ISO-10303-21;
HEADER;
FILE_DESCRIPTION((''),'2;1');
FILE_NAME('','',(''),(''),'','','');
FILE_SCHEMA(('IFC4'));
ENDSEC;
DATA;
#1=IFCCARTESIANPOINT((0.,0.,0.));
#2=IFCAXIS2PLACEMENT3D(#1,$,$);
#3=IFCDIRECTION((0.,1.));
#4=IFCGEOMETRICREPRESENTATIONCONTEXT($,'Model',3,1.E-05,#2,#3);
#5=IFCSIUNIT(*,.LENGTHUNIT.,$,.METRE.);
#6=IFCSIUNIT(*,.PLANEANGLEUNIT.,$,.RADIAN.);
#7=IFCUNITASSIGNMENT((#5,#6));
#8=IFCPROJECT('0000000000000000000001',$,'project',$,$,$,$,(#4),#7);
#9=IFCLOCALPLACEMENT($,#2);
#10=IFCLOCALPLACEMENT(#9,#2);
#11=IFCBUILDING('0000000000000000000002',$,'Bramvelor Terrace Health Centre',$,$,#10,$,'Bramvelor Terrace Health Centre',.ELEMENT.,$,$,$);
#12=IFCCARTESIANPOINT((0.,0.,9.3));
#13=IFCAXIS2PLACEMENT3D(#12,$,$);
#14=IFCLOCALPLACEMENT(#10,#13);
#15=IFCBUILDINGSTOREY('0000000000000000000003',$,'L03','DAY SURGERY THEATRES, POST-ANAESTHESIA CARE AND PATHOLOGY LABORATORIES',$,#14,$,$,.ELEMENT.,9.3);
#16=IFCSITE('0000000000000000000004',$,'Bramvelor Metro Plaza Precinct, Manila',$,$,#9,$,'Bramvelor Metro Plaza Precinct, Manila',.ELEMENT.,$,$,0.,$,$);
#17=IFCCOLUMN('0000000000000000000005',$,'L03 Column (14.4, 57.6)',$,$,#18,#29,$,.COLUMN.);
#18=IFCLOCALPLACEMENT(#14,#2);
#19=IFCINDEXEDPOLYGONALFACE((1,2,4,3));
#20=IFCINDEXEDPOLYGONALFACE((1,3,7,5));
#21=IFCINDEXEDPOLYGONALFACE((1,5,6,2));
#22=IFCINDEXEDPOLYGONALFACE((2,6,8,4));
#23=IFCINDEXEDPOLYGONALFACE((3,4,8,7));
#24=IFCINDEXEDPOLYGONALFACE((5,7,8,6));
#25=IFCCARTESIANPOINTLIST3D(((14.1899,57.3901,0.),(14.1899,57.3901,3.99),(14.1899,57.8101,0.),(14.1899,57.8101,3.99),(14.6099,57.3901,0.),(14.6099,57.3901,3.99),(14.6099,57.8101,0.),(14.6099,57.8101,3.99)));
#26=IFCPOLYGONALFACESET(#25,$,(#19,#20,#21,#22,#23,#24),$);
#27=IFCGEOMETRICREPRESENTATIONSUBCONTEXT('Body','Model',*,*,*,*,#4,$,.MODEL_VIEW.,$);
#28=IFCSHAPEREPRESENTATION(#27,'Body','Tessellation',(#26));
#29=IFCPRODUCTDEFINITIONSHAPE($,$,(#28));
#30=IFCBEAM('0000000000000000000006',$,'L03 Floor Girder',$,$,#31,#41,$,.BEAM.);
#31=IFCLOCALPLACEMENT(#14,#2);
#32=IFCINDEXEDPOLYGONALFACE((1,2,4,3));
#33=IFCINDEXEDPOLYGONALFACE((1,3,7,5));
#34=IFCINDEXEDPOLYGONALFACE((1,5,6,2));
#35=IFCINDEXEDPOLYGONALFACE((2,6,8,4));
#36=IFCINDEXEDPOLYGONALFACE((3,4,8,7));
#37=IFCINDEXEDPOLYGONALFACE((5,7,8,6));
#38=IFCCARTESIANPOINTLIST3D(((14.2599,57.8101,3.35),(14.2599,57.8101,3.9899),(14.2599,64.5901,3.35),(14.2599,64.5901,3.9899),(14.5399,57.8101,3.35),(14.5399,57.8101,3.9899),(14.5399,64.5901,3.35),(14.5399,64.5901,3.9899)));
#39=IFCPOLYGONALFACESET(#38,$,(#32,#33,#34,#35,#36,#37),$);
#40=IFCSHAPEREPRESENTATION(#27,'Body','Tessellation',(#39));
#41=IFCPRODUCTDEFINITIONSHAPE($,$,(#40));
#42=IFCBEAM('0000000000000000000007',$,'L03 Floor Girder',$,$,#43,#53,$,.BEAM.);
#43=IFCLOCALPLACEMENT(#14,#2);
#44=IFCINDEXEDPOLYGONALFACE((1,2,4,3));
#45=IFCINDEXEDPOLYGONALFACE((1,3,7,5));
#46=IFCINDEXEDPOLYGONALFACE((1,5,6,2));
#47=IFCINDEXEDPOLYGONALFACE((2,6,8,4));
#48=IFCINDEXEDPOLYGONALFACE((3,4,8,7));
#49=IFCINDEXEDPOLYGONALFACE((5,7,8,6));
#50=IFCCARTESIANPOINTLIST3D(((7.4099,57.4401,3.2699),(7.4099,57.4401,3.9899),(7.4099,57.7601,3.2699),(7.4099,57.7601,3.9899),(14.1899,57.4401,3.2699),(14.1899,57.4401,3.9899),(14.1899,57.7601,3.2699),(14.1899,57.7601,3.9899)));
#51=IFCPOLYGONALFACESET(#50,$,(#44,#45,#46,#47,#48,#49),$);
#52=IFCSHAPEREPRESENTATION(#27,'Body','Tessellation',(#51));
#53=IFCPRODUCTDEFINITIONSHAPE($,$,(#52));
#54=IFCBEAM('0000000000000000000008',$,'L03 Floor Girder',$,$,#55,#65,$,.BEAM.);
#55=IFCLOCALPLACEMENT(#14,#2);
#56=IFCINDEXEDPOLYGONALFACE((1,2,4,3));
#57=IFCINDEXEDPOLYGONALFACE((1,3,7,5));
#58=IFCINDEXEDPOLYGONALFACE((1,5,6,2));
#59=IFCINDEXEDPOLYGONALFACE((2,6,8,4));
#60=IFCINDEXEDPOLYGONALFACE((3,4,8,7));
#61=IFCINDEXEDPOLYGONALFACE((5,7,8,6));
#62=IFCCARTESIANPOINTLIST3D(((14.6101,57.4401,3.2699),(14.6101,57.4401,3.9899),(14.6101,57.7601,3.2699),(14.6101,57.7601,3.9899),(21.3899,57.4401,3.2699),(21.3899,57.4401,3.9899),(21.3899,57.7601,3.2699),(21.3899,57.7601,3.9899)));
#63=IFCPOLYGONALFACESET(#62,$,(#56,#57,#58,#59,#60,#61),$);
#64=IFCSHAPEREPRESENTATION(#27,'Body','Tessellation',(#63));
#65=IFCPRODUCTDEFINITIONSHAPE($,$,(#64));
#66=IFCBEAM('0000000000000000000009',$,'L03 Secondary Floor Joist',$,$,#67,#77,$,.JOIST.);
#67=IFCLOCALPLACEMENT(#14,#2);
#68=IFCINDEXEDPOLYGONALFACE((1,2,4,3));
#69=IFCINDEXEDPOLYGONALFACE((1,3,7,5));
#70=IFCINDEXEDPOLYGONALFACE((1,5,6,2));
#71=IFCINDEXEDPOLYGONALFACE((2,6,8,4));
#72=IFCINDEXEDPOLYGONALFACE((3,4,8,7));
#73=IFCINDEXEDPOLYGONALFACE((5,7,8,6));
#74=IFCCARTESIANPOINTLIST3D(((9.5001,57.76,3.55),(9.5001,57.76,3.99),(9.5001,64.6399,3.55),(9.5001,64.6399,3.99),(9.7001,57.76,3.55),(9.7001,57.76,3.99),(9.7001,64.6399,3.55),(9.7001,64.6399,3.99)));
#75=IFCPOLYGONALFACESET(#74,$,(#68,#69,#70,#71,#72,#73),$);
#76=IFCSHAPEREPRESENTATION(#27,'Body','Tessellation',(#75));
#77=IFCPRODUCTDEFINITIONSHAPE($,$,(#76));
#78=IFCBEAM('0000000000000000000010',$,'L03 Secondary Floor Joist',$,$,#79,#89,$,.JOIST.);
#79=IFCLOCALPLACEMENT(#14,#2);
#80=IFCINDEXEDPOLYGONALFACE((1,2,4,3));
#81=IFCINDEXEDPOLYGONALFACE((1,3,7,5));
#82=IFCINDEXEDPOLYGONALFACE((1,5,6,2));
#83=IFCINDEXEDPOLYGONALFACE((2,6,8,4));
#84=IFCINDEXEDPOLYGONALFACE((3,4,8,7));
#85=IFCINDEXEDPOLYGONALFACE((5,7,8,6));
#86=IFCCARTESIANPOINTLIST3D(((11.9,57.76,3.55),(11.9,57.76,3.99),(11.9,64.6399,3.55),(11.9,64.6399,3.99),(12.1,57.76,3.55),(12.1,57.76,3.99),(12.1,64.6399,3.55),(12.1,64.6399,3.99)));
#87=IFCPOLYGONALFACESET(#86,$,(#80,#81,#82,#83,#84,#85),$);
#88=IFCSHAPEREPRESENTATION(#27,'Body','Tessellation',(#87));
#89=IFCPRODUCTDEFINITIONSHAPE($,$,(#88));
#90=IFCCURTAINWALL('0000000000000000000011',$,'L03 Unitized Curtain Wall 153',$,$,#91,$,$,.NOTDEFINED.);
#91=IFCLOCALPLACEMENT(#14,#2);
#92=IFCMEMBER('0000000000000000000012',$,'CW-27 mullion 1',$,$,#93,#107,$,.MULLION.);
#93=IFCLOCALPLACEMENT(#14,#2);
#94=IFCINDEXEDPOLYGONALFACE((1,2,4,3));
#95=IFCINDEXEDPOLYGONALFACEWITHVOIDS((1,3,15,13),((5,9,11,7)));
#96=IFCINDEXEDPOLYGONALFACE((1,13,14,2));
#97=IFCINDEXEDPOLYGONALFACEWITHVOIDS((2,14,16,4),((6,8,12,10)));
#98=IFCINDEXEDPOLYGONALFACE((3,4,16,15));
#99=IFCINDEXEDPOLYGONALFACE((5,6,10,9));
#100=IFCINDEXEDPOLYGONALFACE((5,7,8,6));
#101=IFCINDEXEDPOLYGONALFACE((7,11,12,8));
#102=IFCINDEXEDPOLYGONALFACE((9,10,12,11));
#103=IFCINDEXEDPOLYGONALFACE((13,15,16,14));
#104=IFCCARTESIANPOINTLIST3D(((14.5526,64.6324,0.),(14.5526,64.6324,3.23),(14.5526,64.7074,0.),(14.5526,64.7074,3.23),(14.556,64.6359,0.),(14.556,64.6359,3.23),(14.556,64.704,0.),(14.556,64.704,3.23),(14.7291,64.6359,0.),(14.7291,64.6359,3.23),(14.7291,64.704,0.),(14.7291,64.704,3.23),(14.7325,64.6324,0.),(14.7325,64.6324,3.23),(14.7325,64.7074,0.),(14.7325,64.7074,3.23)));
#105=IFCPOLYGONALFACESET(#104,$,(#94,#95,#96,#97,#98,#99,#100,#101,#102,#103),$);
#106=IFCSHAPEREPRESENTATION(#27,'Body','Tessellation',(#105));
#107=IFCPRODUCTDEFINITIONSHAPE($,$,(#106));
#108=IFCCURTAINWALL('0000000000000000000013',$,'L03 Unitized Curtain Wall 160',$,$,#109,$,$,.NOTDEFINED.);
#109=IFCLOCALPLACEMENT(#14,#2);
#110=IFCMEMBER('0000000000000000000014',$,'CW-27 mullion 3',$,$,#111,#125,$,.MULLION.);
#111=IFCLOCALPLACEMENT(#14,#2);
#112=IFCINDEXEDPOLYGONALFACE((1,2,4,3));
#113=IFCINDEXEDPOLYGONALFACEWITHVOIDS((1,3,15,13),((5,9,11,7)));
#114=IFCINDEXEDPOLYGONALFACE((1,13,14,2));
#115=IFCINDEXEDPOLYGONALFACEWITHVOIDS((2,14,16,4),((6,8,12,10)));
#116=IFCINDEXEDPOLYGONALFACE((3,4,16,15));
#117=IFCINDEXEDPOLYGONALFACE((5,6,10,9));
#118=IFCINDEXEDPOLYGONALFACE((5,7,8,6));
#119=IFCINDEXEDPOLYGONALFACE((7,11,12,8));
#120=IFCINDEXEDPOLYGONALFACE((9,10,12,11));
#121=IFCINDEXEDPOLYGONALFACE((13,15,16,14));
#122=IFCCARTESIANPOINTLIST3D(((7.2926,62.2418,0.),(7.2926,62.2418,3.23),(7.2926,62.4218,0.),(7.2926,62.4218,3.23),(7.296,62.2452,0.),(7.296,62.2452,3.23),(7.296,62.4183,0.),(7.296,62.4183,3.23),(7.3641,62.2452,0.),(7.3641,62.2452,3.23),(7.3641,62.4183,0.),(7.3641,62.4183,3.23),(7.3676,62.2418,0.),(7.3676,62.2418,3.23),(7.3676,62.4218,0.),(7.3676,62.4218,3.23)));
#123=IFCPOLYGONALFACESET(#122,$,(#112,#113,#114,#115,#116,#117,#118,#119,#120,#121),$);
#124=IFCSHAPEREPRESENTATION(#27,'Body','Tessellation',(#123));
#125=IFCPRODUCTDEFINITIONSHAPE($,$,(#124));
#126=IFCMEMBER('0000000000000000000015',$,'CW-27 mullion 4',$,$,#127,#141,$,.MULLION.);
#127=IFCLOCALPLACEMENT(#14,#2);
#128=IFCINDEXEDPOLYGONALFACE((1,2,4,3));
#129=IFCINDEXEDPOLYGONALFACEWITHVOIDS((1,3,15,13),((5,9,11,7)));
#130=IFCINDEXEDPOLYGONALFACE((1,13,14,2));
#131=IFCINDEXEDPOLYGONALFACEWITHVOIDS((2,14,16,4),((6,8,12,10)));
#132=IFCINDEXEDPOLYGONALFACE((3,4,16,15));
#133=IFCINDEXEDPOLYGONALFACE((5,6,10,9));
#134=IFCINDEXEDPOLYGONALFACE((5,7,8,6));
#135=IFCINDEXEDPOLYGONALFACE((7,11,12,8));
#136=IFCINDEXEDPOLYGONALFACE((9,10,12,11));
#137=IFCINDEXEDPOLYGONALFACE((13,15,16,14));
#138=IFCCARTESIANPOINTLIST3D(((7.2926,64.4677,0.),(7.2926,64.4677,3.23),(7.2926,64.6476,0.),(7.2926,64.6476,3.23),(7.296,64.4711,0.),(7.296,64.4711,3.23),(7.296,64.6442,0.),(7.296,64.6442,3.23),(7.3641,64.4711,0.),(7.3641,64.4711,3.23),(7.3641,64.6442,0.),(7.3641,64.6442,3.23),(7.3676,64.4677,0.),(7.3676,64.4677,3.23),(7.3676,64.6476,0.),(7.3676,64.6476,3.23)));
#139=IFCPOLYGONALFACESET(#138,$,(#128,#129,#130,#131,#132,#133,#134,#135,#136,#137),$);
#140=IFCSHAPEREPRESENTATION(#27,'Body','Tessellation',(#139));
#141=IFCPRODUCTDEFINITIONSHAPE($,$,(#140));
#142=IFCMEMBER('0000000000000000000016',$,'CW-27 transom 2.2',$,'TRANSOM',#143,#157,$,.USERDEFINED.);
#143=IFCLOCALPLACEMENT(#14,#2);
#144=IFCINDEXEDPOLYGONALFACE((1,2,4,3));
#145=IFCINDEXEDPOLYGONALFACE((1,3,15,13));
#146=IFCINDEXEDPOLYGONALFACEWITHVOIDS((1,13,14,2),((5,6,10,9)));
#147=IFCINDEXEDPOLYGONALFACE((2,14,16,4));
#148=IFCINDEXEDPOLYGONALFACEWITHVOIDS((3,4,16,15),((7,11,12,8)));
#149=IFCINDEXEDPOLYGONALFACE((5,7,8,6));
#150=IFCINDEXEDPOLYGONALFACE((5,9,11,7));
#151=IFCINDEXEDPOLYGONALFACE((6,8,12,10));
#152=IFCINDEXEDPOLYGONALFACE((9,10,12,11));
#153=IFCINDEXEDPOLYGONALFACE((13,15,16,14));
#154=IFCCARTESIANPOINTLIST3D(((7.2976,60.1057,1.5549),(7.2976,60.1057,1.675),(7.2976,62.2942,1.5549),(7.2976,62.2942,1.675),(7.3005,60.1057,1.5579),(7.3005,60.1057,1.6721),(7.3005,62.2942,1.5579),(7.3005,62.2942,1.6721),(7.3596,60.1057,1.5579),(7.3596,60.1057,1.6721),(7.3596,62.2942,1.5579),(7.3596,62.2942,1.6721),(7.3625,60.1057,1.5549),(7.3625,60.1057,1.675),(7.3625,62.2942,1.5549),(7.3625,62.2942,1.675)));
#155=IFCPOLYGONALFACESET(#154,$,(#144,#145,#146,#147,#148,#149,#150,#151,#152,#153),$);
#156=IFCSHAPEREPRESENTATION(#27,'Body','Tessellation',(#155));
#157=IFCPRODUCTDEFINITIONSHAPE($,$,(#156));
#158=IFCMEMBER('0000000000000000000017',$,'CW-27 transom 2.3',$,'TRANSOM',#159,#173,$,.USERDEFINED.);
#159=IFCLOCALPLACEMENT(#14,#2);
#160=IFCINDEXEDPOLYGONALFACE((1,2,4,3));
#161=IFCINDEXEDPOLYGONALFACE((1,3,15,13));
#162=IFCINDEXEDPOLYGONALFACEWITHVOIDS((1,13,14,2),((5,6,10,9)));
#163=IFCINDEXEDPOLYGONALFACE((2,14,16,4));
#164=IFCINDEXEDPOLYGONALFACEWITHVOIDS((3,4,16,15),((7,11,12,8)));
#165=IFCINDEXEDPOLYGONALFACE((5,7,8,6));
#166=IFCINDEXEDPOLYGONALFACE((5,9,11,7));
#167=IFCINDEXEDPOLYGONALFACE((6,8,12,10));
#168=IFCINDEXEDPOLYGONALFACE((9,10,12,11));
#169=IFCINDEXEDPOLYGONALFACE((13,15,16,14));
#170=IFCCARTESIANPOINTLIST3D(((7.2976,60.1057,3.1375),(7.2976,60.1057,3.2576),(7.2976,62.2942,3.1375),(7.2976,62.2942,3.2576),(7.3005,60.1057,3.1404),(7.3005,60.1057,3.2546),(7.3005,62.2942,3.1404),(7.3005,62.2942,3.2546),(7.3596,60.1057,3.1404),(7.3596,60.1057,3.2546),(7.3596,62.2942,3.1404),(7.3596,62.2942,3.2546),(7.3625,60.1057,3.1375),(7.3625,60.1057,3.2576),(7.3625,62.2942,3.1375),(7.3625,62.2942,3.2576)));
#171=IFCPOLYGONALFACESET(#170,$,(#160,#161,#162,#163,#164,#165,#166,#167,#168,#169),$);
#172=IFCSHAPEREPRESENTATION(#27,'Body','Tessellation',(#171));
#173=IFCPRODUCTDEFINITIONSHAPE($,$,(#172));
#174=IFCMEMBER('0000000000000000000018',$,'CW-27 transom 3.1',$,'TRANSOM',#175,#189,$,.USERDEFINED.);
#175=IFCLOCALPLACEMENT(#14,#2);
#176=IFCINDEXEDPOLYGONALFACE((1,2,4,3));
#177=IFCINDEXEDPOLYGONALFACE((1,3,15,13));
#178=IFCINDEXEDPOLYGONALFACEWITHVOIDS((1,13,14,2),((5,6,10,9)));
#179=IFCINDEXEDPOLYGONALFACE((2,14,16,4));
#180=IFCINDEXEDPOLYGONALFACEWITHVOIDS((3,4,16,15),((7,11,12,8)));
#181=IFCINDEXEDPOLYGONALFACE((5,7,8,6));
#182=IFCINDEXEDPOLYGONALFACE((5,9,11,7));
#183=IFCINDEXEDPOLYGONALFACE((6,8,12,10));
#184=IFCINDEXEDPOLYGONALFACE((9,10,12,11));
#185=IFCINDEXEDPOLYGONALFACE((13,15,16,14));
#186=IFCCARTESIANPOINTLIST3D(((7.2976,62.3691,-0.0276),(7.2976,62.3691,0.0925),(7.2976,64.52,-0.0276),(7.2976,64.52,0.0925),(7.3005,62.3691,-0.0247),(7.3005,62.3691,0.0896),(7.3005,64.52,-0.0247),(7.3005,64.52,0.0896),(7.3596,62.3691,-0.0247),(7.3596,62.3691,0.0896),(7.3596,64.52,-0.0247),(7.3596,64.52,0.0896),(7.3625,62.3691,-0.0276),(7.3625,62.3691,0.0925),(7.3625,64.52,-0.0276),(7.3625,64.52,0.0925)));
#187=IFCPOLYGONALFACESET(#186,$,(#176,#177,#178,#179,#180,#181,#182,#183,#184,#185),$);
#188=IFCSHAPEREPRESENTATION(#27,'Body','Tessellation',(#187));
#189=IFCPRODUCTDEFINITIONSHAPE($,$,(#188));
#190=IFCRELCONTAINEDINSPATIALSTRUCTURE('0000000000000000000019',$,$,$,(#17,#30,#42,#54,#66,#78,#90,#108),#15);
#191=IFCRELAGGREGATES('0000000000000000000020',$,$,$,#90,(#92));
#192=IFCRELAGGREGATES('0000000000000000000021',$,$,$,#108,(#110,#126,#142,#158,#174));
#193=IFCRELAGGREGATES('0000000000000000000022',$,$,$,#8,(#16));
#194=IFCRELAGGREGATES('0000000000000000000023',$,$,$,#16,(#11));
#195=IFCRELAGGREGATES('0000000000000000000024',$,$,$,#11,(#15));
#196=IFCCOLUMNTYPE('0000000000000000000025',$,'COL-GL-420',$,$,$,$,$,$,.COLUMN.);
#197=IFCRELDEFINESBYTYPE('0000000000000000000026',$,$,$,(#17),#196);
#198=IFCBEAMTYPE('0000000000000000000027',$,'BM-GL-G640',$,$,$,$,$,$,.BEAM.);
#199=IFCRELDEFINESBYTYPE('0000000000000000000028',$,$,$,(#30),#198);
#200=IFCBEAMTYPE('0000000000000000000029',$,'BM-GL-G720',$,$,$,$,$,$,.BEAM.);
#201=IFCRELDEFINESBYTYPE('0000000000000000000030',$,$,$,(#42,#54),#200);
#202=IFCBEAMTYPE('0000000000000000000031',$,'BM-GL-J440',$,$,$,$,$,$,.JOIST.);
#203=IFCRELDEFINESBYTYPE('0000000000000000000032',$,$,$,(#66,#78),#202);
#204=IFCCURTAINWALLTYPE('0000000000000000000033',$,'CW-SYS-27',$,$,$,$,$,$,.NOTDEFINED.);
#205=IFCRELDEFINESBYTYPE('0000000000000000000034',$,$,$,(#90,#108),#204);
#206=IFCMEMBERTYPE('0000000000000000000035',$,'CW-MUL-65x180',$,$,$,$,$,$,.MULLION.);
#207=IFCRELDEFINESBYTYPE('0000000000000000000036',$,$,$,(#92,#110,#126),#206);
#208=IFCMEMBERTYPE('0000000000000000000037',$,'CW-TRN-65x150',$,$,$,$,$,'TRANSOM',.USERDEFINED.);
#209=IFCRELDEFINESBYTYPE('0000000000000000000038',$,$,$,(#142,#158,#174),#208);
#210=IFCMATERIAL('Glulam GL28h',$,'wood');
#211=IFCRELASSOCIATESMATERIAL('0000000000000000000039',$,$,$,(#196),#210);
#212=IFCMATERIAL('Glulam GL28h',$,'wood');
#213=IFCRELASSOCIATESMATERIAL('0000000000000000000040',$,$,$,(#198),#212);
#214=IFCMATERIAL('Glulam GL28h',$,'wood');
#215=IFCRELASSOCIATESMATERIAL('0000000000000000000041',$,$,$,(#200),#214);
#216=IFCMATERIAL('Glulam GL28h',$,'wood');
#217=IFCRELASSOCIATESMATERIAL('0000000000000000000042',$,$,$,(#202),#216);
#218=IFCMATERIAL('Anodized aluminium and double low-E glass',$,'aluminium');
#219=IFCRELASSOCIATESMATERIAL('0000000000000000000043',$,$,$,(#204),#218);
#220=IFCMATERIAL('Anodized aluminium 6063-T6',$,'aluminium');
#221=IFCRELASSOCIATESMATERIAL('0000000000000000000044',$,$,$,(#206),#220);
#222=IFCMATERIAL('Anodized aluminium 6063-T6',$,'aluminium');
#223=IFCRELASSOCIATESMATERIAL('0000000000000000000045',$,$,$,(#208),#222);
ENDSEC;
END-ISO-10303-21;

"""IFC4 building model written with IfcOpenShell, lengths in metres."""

from ifc_helpers import new_model, si_unit, direction, frame, origin, origin_2d, place, context, subcontext, project, spatial, rectangle, hollow_rectangle, extrude, material, material_profile, profile_set, type_object, element, aggregate, save


model = new_model("IFC4")

# Units and contexts
model_context = context("Model", 3, precision=1e-05, world=origin(), true_north=direction((0.0, 1.0)))
body_context = subcontext(model_context, "Body", "Model", "MODEL_VIEW")
ifc_project = project(units=[si_unit("LENGTHUNIT", "METRE"), si_unit("PLANEANGLEUNIT", "RADIAN")], contexts=[model_context])

# Site, building, storey
site_placement = place(None, origin())
site = spatial("IfcSite", under=ifc_project, at=site_placement, Name="Bramvelor Metro Plaza Precinct, Manila", LongName="Bramvelor Metro Plaza Precinct, Manila", CompositionType="ELEMENT", RefElevation=0.0)
building_placement = place(site_placement, origin())
building = spatial("IfcBuilding", under=site, at=building_placement, Name="Bramvelor Terrace Health Centre", LongName="Bramvelor Terrace Health Centre", CompositionType="ELEMENT")
storey_placement = place(building_placement, frame((0.0, 0.0, 9.3)))
storey = spatial("IfcBuildingStorey", under=building, at=storey_placement, Name="L03", Description="DAY SURGERY THEATRES, POST-ANAESTHESIA CARE AND PATHOLOGY LABORATORIES", CompositionType="ELEMENT", Elevation=9.3)

# Column
ifc_material_1 = material(Name="Glulam GL28h", Category="wood")
ifc_material_profile_1 = material_profile(ifc_material_1, rectangle(XDim=0.4199, YDim=0.4199, at=origin_2d()), Name="GL 420x420")
ifc_profile_set_1 = profile_set([ifc_material_profile_1], Name="Glulam GL28h")
column_type = type_object("IfcColumnType", Name="COL-GL-420", PredefinedType="COLUMN", material=ifc_profile_set_1)
column_placement = place(storey_placement, frame((14.3999, 57.6001, 0.0), z_axis=(0.0, 0.0, 1.0), x_axis=(1.0, 0.0, 0.0)))
element("IfcColumn", 1, at=column_placement, inside=storey, type_object=column_type, Name="L03 Column (14.4, 57.6)", PredefinedType="COLUMN", context=body_context, shape_type="SweptSolid", body=[
    extrude(rectangle(XDim=0.4199, YDim=0.4199, at=origin_2d()), origin(), (0.0, 0.0, 1.0), 3.99),
])

# Beams
ifc_material_2 = material(Name="Glulam GL28h", Category="wood")
ifc_material_profile_2 = material_profile(ifc_material_2, rectangle(XDim=0.28, YDim=0.6399, at=origin_2d()), Name="GL 280x640")
ifc_profile_set_2 = profile_set([ifc_material_profile_2], Name="Glulam GL28h")
beam_type_1 = type_object("IfcBeamType", Name="BM-GL-G640", PredefinedType="BEAM", material=ifc_profile_set_2)
beam_1_placement = place(storey_placement, frame((14.3999, 57.8101, 3.6699), z_axis=(0.0, 1.0, 0.0), x_axis=(-1.0, 0.0, 0.0)))
element("IfcBeam", 2, at=beam_1_placement, inside=storey, type_object=beam_type_1, Name="L03 Floor Girder", PredefinedType="BEAM", context=body_context, shape_type="SweptSolid", body=[
    extrude(rectangle(XDim=0.28, YDim=0.6399, at=origin_2d()), origin(), (0.0, 0.0, 1.0), 6.78),
])
ifc_material_3 = material(Name="Glulam GL28h", Category="wood")
ifc_material_profile_3 = material_profile(ifc_material_3, rectangle(XDim=0.3201, YDim=0.72, at=origin_2d()), Name="GL 320x720")
ifc_profile_set_3 = profile_set([ifc_material_profile_3], Name="Glulam GL28h")
beam_type_2 = type_object("IfcBeamType", Name="BM-GL-G720", PredefinedType="BEAM", material=ifc_profile_set_3)
beam_2_placement = place(storey_placement, frame((7.4099, 57.6001, 3.6299), z_axis=(1.0, 0.0, 0.0), x_axis=(0.0, 1.0, 0.0)))
element("IfcBeam", 3, at=beam_2_placement, inside=storey, type_object=beam_type_2, Name="L03 Floor Girder", PredefinedType="BEAM", context=body_context, shape_type="SweptSolid", body=[
    extrude(rectangle(XDim=0.3201, YDim=0.72, at=origin_2d()), origin(), (0.0, 0.0, 1.0), 6.78),
])
beam_3_placement = place(storey_placement, frame((14.6101, 57.6001, 3.6299), z_axis=(1.0, 0.0, 0.0), x_axis=(0.0, 1.0, 0.0)))
element("IfcBeam", 4, at=beam_3_placement, inside=storey, type_object=beam_type_2, Name="L03 Floor Girder", PredefinedType="BEAM", context=body_context, shape_type="SweptSolid", body=[
    extrude(rectangle(XDim=0.3201, YDim=0.72, at=origin_2d()), origin(), (0.0, 0.0, 1.0), 6.7798),
])
ifc_material_4 = material(Name="Glulam GL28h", Category="wood")
ifc_material_profile_4 = material_profile(ifc_material_4, rectangle(XDim=0.2, YDim=0.4399, at=origin_2d()), Name="GL 200x440")
ifc_profile_set_4 = profile_set([ifc_material_profile_4], Name="Glulam GL28h")
beam_type_3 = type_object("IfcBeamType", Name="BM-GL-J440", PredefinedType="JOIST", material=ifc_profile_set_4)
for number, where, z_axis, x_axis, name in (
    (5, (9.6001, 57.76, 3.77), (0.0, 1.0, 0.0), (-1.0, 0.0, 0.0), "L03 Secondary Floor Joist"),
    (6, (12.0, 57.76, 3.77), (0.0, 1.0, 0.0), (-1.0, 0.0, 0.0), "L03 Secondary Floor Joist"),
):
    element("IfcBeam", number, at=place(storey_placement, frame(where, z_axis=z_axis, x_axis=x_axis)), inside=storey, type_object=beam_type_3, Name=name, PredefinedType="JOIST", context=body_context, shape_type="SweptSolid", body=[
        extrude(rectangle(XDim=0.2, YDim=0.4399, at=origin_2d()), origin(), (0.0, 0.0, 1.0), 6.8799),
    ])

# Curtain wall, member
ifc_material_5 = material(Name="Anodized aluminium and double low-E glass", Category="aluminium")
curtain_wall_type = type_object("IfcCurtainWallType", Name="CW-SYS-27", PredefinedType="NOTDEFINED", material=ifc_material_5)
curtain_wall_1_placement = place(storey_placement, origin())
curtain_wall_1 = element("IfcCurtainWall", 7, at=curtain_wall_1_placement, inside=storey, type_object=curtain_wall_type, Name="L03 Unitized Curtain Wall 153", PredefinedType="NOTDEFINED")
ifc_material_6 = material(Name="Anodized aluminium 6063-T6", Category="aluminium")
ifc_material_profile_5 = material_profile(ifc_material_6, hollow_rectangle(XDim=0.075, YDim=0.1799, WallThickness=0.0034, at=origin_2d()), Name="ALU-MUL 75x180x3.5")
ifc_profile_set_5 = profile_set([ifc_material_profile_5], Name="Anodized aluminium 6063-T6")
member_type_1 = type_object("IfcMemberType", Name="CW-MUL-65x180", PredefinedType="MULLION", material=ifc_profile_set_5)
member_1_placement = place(storey_placement, frame((14.6426, 64.6699, 0.0), z_axis=(0.0, 0.0, 1.0), x_axis=(0.0, 1.0, 0.0)))
member_1 = element("IfcMember", 8, at=member_1_placement, type_object=member_type_1, Name="CW-27 mullion 1", PredefinedType="MULLION", context=body_context, shape_type="SweptSolid", body=[
    extrude(hollow_rectangle(XDim=0.075, YDim=0.1799, WallThickness=0.0034, at=origin_2d()), origin(), (0.0, 0.0, 1.0), 3.23),
])
aggregate(curtain_wall_1, [member_1])

# Curtain wall, members
curtain_wall_2_placement = place(storey_placement, origin())
curtain_wall_2 = element("IfcCurtainWall", 9, at=curtain_wall_2_placement, inside=storey, type_object=curtain_wall_type, Name="L03 Unitized Curtain Wall 160", PredefinedType="NOTDEFINED")
member_2_placement = place(storey_placement, frame((7.3301, 62.3318, 0.0), z_axis=(0.0, 0.0, 1.0), x_axis=(-1.0, 0.0, 0.0)))
member_2 = element("IfcMember", 10, at=member_2_placement, type_object=member_type_1, Name="CW-27 mullion 3", PredefinedType="MULLION", context=body_context, shape_type="SweptSolid", body=[
    extrude(hollow_rectangle(XDim=0.075, YDim=0.1799, WallThickness=0.0034, at=origin_2d()), origin(), (0.0, 0.0, 1.0), 3.23),
])
member_3_placement = place(storey_placement, frame((7.3301, 64.5576, 0.0), z_axis=(0.0, 0.0, 1.0), x_axis=(-1.0, 0.0, 0.0)))
member_3 = element("IfcMember", 11, at=member_3_placement, type_object=member_type_1, Name="CW-27 mullion 4", PredefinedType="MULLION", context=body_context, shape_type="SweptSolid", body=[
    extrude(hollow_rectangle(XDim=0.075, YDim=0.1799, WallThickness=0.0034, at=origin_2d()), origin(), (0.0, 0.0, 1.0), 3.23),
])
ifc_material_7 = material(Name="Anodized aluminium 6063-T6", Category="aluminium")
ifc_material_profile_6 = material_profile(ifc_material_7, hollow_rectangle(XDim=0.0649, YDim=0.1201, WallThickness=0.0029, at=origin_2d()), Name="ALU-TRN 65x120x3.0")
ifc_profile_set_6 = profile_set([ifc_material_profile_6], Name="Anodized aluminium 6063-T6")
member_type_2 = type_object("IfcMemberType", Name="CW-TRN-65x150", ElementType="TRANSOM", PredefinedType="USERDEFINED", material=ifc_profile_set_6)
member_4_placement = place(storey_placement, frame((7.3301, 60.1057, 1.615), z_axis=(0.0, 1.0, 0.0), x_axis=(-1.0, 0.0, 0.0)))
member_4 = element("IfcMember", 12, at=member_4_placement, type_object=member_type_2, Name="CW-27 transom 2.2", ObjectType="TRANSOM", PredefinedType="USERDEFINED", context=body_context, shape_type="SweptSolid", body=[
    extrude(hollow_rectangle(XDim=0.0649, YDim=0.1201, WallThickness=0.0029, at=origin_2d()), origin(), (0.0, 0.0, 1.0), 2.1885),
])
member_5_placement = place(storey_placement, frame((7.3301, 60.1057, 3.1975), z_axis=(0.0, 1.0, 0.0), x_axis=(-1.0, 0.0, 0.0)))
member_5 = element("IfcMember", 13, at=member_5_placement, type_object=member_type_2, Name="CW-27 transom 2.3", ObjectType="TRANSOM", PredefinedType="USERDEFINED", context=body_context, shape_type="SweptSolid", body=[
    extrude(hollow_rectangle(XDim=0.0649, YDim=0.1201, WallThickness=0.0029, at=origin_2d()), origin(), (0.0, 0.0, 1.0), 2.1885),
])
member_6_placement = place(storey_placement, frame((7.3301, 62.3691, 0.0325), z_axis=(0.0, 1.0, 0.0), x_axis=(-1.0, 0.0, 0.0)))
member_6 = element("IfcMember", 14, at=member_6_placement, type_object=member_type_2, Name="CW-27 transom 3.1", ObjectType="TRANSOM", PredefinedType="USERDEFINED", context=body_context, shape_type="SweptSolid", body=[
    extrude(hollow_rectangle(XDim=0.0649, YDim=0.1201, WallThickness=0.0029, at=origin_2d()), origin(), (0.0, 0.0, 1.0), 2.1509),
])
aggregate(curtain_wall_2, [member_2, member_3, member_4, member_5, member_6])

save(model, "model.ifc")
